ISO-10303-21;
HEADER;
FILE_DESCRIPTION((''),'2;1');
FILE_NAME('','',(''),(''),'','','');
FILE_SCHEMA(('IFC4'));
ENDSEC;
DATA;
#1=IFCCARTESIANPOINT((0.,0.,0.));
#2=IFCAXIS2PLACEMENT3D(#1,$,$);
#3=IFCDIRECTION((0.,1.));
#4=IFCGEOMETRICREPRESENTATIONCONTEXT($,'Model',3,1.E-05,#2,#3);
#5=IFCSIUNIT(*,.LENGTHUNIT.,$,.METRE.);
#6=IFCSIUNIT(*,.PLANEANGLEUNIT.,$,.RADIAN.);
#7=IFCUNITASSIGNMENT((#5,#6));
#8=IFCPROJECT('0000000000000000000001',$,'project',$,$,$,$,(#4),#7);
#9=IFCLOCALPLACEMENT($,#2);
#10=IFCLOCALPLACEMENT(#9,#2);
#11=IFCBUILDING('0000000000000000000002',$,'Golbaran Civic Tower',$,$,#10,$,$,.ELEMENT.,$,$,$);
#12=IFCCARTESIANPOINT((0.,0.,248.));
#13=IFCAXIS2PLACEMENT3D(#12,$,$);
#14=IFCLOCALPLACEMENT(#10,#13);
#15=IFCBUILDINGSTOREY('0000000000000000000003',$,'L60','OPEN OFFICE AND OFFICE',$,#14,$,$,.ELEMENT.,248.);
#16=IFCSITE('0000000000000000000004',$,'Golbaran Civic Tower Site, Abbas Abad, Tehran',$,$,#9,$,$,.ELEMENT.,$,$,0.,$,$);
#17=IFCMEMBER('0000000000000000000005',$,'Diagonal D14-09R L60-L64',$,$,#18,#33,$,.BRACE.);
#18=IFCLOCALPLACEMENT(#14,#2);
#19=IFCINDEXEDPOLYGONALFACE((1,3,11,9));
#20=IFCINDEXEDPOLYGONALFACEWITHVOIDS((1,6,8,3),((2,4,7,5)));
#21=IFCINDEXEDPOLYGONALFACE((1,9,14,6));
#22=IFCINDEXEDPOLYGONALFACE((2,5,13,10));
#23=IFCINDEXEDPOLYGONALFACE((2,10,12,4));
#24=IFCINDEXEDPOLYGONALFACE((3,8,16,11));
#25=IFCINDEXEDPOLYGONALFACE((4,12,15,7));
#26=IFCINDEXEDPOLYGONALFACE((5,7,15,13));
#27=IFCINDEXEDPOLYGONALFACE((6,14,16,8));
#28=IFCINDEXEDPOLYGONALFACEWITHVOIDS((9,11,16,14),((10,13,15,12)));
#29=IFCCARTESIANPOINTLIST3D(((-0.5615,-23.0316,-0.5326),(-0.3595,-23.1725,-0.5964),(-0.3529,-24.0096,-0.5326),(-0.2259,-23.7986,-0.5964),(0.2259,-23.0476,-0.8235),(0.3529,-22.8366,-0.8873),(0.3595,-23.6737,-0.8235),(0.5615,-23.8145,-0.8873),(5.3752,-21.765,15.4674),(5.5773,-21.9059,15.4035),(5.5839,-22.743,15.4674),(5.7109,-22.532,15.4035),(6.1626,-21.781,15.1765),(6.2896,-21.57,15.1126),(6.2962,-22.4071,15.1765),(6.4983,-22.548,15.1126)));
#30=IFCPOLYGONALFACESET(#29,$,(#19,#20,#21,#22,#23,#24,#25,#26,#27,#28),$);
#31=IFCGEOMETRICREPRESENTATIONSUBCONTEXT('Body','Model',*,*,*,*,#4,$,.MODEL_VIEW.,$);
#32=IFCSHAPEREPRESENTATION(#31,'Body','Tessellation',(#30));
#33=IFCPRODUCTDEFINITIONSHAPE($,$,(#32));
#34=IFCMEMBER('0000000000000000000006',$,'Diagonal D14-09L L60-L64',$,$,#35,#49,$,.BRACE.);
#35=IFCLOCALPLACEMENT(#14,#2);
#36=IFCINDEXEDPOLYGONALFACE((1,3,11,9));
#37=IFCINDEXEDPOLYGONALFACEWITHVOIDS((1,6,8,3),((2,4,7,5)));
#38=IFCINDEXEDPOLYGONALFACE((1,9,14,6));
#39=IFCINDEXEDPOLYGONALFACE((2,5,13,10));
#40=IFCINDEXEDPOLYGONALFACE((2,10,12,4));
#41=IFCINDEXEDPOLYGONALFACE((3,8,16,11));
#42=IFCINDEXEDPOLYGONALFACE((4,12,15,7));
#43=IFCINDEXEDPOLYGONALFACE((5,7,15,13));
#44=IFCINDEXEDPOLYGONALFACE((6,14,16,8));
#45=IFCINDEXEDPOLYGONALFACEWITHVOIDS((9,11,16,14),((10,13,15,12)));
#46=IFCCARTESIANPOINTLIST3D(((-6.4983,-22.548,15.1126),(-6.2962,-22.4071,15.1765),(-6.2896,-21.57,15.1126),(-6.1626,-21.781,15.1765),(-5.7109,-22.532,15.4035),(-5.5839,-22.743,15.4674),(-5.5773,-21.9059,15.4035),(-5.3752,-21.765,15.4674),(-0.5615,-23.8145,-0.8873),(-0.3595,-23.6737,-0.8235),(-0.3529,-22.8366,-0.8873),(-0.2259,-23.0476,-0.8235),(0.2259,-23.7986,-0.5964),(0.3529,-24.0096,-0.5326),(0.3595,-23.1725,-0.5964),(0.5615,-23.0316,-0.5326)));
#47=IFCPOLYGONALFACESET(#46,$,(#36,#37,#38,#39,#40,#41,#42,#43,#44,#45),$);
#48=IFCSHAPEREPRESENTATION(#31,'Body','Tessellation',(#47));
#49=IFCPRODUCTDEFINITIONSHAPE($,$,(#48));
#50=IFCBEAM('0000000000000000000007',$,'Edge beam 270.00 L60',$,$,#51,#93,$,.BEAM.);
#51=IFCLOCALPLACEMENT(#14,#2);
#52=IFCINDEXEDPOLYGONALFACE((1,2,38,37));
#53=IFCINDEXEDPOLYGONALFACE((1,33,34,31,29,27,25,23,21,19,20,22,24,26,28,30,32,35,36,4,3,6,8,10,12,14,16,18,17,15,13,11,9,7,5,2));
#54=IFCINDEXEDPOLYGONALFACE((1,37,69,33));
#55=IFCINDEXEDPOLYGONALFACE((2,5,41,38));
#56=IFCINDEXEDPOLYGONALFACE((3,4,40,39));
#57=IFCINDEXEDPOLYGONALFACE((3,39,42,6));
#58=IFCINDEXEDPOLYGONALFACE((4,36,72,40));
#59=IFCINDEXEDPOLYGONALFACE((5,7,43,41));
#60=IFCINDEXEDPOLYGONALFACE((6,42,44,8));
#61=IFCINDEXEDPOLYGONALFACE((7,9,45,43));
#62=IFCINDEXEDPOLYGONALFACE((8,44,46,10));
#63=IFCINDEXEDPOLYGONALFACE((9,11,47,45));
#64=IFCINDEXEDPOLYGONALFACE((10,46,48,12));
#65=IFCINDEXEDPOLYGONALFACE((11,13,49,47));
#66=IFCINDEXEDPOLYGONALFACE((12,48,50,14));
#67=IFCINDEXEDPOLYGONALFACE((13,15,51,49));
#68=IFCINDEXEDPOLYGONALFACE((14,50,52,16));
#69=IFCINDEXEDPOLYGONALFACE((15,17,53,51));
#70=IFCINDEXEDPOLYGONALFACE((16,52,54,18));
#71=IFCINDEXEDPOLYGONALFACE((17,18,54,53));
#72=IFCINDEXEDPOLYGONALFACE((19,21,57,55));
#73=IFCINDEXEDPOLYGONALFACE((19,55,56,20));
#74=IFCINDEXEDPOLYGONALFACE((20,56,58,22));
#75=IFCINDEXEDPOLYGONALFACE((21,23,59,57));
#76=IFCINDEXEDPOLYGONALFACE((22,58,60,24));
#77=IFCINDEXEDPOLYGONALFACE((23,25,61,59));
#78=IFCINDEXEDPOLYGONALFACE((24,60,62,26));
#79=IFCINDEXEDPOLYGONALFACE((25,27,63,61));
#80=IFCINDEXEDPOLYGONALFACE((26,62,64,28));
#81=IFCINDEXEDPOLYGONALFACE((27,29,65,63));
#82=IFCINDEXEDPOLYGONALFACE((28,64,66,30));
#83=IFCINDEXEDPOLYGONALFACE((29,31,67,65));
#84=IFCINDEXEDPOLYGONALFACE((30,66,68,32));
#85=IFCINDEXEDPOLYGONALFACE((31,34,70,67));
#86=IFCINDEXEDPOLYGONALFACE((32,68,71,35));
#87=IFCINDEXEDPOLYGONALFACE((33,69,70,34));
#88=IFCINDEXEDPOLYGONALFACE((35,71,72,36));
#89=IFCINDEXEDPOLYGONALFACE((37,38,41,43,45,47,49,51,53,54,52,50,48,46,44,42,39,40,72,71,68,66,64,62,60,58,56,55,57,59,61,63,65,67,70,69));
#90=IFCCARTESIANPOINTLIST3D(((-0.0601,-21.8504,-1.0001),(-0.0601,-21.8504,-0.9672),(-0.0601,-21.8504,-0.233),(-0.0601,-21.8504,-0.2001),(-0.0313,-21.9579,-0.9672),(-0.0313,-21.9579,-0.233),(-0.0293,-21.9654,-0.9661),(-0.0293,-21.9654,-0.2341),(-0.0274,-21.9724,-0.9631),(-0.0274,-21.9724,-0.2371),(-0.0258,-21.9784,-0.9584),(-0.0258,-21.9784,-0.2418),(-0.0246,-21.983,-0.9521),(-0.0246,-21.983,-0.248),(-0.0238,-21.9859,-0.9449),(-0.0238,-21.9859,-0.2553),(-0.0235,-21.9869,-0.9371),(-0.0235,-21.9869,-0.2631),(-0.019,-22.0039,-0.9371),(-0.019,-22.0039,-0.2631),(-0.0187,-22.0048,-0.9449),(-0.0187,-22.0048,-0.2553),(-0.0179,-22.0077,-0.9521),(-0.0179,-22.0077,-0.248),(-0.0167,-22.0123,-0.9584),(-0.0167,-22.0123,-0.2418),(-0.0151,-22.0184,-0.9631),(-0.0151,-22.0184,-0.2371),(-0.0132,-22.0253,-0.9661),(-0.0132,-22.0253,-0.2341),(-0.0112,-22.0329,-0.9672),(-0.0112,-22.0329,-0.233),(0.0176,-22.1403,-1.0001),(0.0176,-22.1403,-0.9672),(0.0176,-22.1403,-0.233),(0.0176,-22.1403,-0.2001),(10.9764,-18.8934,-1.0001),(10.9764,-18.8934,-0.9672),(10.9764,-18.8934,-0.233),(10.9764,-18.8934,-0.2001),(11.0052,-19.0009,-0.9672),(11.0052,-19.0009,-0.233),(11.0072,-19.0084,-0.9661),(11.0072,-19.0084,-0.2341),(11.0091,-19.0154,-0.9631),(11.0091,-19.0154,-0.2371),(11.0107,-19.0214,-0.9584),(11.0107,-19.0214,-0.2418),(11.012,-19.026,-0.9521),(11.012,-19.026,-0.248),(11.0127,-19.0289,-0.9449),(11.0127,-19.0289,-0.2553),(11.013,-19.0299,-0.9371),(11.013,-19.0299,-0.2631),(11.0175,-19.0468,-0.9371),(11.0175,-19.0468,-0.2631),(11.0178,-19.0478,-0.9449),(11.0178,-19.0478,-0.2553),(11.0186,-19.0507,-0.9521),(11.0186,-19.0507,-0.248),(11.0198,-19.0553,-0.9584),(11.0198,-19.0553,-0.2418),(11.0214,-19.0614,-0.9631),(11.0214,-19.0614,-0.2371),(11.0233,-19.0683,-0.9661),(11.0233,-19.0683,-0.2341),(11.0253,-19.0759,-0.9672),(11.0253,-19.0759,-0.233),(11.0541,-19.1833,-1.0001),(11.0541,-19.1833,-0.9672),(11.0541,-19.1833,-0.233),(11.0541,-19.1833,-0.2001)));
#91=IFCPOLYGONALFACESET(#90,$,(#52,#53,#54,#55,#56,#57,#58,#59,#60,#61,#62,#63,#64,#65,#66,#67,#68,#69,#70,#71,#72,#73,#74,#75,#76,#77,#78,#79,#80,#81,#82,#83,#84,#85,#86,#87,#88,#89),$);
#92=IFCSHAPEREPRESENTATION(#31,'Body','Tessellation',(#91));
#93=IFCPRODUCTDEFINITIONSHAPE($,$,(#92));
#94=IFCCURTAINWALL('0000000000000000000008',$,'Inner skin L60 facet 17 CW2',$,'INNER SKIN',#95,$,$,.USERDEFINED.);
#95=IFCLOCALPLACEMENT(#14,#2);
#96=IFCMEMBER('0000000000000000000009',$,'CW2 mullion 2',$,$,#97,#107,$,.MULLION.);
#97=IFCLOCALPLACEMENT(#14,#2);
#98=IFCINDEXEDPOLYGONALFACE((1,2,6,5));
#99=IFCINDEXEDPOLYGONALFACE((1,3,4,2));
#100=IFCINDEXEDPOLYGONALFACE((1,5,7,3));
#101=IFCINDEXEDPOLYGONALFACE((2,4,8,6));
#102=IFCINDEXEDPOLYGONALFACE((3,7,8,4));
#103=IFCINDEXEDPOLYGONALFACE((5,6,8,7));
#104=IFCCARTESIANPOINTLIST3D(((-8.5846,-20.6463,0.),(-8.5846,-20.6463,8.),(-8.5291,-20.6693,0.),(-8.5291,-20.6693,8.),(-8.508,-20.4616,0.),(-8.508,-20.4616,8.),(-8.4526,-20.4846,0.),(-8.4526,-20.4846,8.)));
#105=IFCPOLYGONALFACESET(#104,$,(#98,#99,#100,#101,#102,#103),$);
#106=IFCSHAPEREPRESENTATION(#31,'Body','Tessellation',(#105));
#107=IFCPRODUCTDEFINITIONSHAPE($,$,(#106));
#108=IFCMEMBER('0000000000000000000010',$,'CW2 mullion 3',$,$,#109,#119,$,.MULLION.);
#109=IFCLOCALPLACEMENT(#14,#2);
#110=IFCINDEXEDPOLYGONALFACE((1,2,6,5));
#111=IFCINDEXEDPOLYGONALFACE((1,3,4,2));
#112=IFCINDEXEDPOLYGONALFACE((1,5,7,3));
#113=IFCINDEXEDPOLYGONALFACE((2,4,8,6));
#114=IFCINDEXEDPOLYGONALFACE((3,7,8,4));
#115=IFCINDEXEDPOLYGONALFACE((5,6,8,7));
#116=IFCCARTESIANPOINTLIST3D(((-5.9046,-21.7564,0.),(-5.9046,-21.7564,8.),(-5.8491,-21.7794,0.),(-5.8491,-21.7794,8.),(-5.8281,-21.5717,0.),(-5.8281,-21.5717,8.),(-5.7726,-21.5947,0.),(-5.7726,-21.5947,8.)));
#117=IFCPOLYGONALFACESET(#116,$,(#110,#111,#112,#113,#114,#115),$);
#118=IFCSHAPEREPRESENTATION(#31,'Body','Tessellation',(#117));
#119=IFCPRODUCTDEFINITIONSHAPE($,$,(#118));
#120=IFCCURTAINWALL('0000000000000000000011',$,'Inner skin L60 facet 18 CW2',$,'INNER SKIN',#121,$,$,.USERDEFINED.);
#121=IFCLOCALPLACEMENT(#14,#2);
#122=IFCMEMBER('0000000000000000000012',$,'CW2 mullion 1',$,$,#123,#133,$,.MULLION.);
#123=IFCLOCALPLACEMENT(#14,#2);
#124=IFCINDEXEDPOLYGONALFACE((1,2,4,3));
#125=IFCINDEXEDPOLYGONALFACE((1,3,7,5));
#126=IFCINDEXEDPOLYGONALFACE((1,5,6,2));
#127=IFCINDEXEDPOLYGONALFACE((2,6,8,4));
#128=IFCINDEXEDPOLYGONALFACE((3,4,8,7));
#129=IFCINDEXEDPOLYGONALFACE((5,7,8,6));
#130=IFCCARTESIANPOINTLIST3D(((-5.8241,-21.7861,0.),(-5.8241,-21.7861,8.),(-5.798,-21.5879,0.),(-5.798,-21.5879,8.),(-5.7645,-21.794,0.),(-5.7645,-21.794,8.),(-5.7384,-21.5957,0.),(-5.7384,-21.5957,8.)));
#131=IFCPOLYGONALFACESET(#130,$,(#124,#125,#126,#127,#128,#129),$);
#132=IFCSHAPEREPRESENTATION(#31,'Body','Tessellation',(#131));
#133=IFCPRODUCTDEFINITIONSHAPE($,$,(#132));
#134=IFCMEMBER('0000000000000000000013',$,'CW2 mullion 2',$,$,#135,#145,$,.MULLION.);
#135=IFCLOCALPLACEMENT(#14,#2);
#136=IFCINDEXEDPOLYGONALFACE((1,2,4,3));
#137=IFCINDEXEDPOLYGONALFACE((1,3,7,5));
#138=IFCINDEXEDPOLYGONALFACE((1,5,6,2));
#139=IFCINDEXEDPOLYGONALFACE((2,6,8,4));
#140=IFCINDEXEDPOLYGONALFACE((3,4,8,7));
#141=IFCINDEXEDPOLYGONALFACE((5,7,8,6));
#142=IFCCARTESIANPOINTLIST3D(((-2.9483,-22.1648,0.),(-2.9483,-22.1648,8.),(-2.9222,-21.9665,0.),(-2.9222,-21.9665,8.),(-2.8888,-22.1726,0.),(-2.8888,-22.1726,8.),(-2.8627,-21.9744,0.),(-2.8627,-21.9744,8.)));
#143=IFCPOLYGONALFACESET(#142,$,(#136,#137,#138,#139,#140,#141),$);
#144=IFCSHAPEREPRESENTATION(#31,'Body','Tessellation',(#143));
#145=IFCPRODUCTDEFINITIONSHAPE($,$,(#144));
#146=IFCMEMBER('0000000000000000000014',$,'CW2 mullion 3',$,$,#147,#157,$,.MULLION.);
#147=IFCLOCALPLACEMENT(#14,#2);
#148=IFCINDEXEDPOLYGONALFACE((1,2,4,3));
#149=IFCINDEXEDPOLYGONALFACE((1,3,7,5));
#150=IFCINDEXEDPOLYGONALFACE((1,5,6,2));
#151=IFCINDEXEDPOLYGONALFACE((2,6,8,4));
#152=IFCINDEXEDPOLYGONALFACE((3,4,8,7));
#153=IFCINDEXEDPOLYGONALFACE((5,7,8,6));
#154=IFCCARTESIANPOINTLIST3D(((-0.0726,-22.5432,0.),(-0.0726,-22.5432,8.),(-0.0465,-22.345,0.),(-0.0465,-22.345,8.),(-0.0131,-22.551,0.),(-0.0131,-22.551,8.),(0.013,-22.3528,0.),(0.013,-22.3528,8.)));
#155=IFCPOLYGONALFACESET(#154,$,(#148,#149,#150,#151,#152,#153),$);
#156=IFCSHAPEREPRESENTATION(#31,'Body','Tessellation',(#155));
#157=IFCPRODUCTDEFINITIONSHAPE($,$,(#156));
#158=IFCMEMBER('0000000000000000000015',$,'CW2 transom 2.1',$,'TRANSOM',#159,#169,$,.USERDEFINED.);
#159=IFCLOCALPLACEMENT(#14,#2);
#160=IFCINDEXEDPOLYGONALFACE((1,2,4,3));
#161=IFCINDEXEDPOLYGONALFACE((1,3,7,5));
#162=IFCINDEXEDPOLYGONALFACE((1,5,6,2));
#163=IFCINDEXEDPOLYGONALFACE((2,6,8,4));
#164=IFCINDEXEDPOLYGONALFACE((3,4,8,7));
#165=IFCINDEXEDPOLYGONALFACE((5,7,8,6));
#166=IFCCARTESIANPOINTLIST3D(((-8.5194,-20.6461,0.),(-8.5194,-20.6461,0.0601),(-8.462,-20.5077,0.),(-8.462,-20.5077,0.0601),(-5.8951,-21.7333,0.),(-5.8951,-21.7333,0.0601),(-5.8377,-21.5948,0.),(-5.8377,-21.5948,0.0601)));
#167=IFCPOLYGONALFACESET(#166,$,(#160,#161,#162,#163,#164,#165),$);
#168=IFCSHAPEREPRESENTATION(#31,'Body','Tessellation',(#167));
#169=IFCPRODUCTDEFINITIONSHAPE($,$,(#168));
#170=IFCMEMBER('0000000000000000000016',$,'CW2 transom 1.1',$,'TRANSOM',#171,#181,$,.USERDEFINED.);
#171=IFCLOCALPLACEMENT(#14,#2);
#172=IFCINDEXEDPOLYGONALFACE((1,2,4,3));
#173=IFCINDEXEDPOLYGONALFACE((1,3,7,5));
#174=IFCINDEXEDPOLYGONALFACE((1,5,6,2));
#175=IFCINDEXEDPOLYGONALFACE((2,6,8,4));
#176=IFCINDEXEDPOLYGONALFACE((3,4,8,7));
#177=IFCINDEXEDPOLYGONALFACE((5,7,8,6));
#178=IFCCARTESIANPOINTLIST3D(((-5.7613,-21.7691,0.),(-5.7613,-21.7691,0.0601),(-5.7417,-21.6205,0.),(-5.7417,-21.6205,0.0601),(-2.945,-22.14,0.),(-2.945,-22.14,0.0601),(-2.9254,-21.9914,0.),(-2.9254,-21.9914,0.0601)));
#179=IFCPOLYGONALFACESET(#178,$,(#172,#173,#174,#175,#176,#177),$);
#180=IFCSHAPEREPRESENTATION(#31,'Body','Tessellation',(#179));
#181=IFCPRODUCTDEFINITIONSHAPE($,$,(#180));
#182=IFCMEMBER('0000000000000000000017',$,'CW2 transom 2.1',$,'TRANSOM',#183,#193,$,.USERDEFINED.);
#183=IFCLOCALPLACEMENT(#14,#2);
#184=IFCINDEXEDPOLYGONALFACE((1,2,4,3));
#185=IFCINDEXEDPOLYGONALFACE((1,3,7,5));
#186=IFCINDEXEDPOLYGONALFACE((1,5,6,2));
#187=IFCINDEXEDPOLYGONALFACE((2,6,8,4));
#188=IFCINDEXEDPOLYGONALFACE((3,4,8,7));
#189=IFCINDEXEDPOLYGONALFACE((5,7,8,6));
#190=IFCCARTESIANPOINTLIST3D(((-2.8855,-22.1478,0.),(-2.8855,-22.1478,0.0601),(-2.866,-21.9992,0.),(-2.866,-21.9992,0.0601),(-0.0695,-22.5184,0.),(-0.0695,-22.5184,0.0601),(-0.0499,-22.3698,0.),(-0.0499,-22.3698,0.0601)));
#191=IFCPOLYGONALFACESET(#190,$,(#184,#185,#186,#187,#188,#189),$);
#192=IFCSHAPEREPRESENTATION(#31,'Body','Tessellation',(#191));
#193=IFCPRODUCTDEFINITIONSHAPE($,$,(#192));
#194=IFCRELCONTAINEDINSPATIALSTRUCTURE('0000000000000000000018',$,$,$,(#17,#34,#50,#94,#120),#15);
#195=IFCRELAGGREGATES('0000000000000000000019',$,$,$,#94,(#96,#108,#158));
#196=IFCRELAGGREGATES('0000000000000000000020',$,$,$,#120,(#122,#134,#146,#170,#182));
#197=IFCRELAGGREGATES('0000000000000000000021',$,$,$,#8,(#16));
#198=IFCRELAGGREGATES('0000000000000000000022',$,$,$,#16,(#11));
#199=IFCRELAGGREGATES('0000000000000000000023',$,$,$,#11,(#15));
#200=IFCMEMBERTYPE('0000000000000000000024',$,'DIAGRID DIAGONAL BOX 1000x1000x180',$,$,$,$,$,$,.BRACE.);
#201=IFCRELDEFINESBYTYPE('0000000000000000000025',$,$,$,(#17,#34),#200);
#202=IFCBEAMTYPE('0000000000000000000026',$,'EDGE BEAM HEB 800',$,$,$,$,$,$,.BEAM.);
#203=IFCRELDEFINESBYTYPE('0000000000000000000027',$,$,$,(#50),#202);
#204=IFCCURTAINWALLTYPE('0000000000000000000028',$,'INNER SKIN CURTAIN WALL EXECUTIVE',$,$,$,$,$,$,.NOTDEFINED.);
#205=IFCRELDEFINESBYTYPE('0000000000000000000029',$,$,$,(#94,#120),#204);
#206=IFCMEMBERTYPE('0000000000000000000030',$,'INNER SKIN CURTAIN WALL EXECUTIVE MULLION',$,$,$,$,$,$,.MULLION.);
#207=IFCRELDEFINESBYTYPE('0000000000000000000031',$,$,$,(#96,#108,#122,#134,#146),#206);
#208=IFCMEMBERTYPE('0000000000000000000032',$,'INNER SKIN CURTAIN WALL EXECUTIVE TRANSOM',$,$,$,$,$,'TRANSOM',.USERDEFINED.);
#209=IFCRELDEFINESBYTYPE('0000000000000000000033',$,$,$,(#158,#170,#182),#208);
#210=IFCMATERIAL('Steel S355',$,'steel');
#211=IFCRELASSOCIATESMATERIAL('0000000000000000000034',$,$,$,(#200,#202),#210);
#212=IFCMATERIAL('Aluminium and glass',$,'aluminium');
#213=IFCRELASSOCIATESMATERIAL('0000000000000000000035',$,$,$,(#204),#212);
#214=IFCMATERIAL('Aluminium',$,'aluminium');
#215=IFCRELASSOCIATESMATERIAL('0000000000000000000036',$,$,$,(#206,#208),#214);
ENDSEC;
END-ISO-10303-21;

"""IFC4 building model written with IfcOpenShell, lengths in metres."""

from ifc_helpers import new_model, si_unit, direction, frame, origin, origin_2d, place, context, subcontext, project, spatial, rectangle, hollow_rectangle, i_section, extrude, material, material_profile, profile_set, type_object, element, aggregate, save


model = new_model("IFC4")

# Units and contexts
model_context = context("Model", 3, precision=1e-05, world=origin(), true_north=direction((0.0, 1.0)))
body_context = subcontext(model_context, "Body", "Model", "MODEL_VIEW")
ifc_project = project(units=[si_unit("LENGTHUNIT", "METRE"), si_unit("PLANEANGLEUNIT", "RADIAN")], contexts=[model_context])

# Site, building, storey
site_placement = place(None, origin())
site = spatial("IfcSite", under=ifc_project, at=site_placement, Name="Golbaran Civic Tower Site, Abbas Abad, Tehran", CompositionType="ELEMENT", RefElevation=0.0)
building_placement = place(site_placement, origin())
building = spatial("IfcBuilding", under=site, at=building_placement, Name="Golbaran Civic Tower", CompositionType="ELEMENT")
storey_placement = place(building_placement, frame((0.0, 0.0, 248.0)))
storey = spatial("IfcBuildingStorey", under=building, at=storey_placement, Name="L60", Description="OPEN OFFICE AND OFFICE", CompositionType="ELEMENT", Elevation=248.0)

# Members
ifc_material_1 = material(Name="Steel S355", Category="steel")
ifc_material_profile_1 = material_profile(ifc_material_1, hollow_rectangle(XDim=1.0, YDim=1.0, WallThickness=0.1799, at=origin_2d()), Name="BOX 1000x1000x180")
ifc_profile_set_1 = profile_set([ifc_material_profile_1], Name="Steel S355")
member_type_1 = type_object("IfcMemberType", Name="DIAGRID DIAGONAL BOX 1000x1000x180", PredefinedType="BRACE", material=ifc_profile_set_1)
for number, where, z_axis, x_axis, name in (
    (1, (0.0, -23.4231, -0.71), (0.346919, 0.074015, 0.93497), (-0.208653, 0.97799, 0.0), "Diagonal D14-09R L60-L64"),
    (2, (0.0, -23.4231, -0.71), (-0.346919, 0.074015, 0.93497), (-0.208653, -0.97799, 0.0), "Diagonal D14-09L L60-L64"),
):
    element("IfcMember", number, at=place(storey_placement, frame(where, z_axis=z_axis, x_axis=x_axis)), inside=storey, type_object=member_type_1, Name=name, PredefinedType="BRACE", context=body_context, shape_type="SweptSolid", body=[
        extrude(hollow_rectangle(XDim=1.0, YDim=1.0, WallThickness=0.1799, at=origin_2d()), origin(), (0.0, 0.0, 1.0), 17.1128),
    ])

# Beam
ifc_material_profile_2 = material_profile(ifc_material_1, i_section(OverallWidth=0.3, OverallDepth=0.8, WebThickness=0.0176, FlangeThickness=0.033, FilletRadius=0.03, at=origin_2d()), Name="HEB 800")
ifc_profile_set_2 = profile_set([ifc_material_profile_2], Name="Steel S355")
beam_type = type_object("IfcBeamType", Name="EDGE BEAM HEB 800", PredefinedType="BEAM", material=ifc_profile_set_2)
beam_placement = place(storey_placement, frame((-0.0212, -21.9954, -0.6001), z_axis=(0.965931, 0.258801, 0.0), x_axis=(-0.258801, 0.965931, 0.0)))
element("IfcBeam", 3, at=beam_placement, inside=storey, type_object=beam_type, Name="Edge beam 270.00 L60", PredefinedType="BEAM", context=body_context, shape_type="SweptSolid", body=[
    extrude(i_section(OverallWidth=0.3, OverallDepth=0.8, WebThickness=0.0176, FlangeThickness=0.033, FilletRadius=0.03, at=origin_2d()), origin(), (0.0, 0.0, 1.0), 11.4258),
])

# Curtain walls, members
ifc_material_2 = material(Name="Aluminium and glass", Category="aluminium")
curtain_wall_type_1 = type_object("IfcCurtainWallType", Name="INNER SKIN CURTAIN WALL EXECUTIVE", PredefinedType="NOTDEFINED", material=ifc_material_2)
curtain_wall_1_placement = place(storey_placement, origin())
curtain_wall_1 = element("IfcCurtainWall", 4, at=curtain_wall_1_placement, inside=storey, type_object=curtain_wall_type_1, Name="Inner skin L60 facet 17 CW2", ObjectType="INNER SKIN", PredefinedType="USERDEFINED")
ifc_material_3 = material(Name="Aluminium", Category="aluminium")
ifc_material_profile_3 = material_profile(ifc_material_3, rectangle(XDim=0.2, YDim=0.0601, at=origin_2d()), Name="INNER SKIN CURTAIN WALL EXECUTIVE MULLION")
ifc_profile_set_3 = profile_set([ifc_material_profile_3], Name="Aluminium")
member_type_2 = type_object("IfcMemberType", Name="INNER SKIN CURTAIN WALL EXECUTIVE MULLION", PredefinedType="MULLION", material=ifc_profile_set_3)
member_1_placement = place(storey_placement, frame((-8.5186, -20.5654, 0.0), z_axis=(0.0, 0.0, 1.0), x_axis=(0.382683, 0.92388, 0.0)))
member_1 = element("IfcMember", 5, at=member_1_placement, type_object=member_type_2, Name="CW2 mullion 2", PredefinedType="MULLION", context=body_context, shape_type="SweptSolid", body=[
    extrude(rectangle(XDim=0.2, YDim=0.0601, at=origin_2d()), origin(), (0.0, 0.0, 1.0), 8.0),
])
member_2_placement = place(storey_placement, frame((-5.8386, -21.6755, 0.0), z_axis=(0.0, 0.0, 1.0), x_axis=(0.382683, 0.92388, 0.0)))
member_2 = element("IfcMember", 6, at=member_2_placement, type_object=member_type_2, Name="CW2 mullion 3", PredefinedType="MULLION", context=body_context, shape_type="SweptSolid", body=[
    extrude(rectangle(XDim=0.2, YDim=0.0601, at=origin_2d()), origin(), (0.0, 0.0, 1.0), 8.0),
])
curtain_wall_2_placement = place(storey_placement, origin())
curtain_wall_2 = element("IfcCurtainWall", 7, at=curtain_wall_2_placement, inside=storey, type_object=curtain_wall_type_1, Name="Inner skin L60 facet 18 CW2", ObjectType="INNER SKIN", PredefinedType="USERDEFINED")
member_3_placement = place(storey_placement, frame((-5.7812, -21.6909, 0.0), z_axis=(0.0, 0.0, 1.0), x_axis=(0.130526, 0.991445, 0.0)))
member_3 = element("IfcMember", 8, at=member_3_placement, type_object=member_type_2, Name="CW2 mullion 1", PredefinedType="MULLION", context=body_context, shape_type="SweptSolid", body=[
    extrude(rectangle(XDim=0.2, YDim=0.0601, at=origin_2d()), origin(), (0.0, 0.0, 1.0), 8.0),
])
member_4_placement = place(storey_placement, frame((-2.9055, -22.0696, 0.0), z_axis=(0.0, 0.0, 1.0), x_axis=(0.130526, 0.991445, 0.0)))
member_4 = element("IfcMember", 9, at=member_4_placement, type_object=member_type_2, Name="CW2 mullion 2", PredefinedType="MULLION", context=body_context, shape_type="SweptSolid", body=[
    extrude(rectangle(XDim=0.2, YDim=0.0601, at=origin_2d()), origin(), (0.0, 0.0, 1.0), 8.0),
])
member_5_placement = place(storey_placement, frame((-0.0298, -22.448, 0.0), z_axis=(0.0, 0.0, 1.0), x_axis=(0.130526, 0.991445, 0.0)))
member_5 = element("IfcMember", 10, at=member_5_placement, type_object=member_type_2, Name="CW2 mullion 3", PredefinedType="MULLION", context=body_context, shape_type="SweptSolid", body=[
    extrude(rectangle(XDim=0.2, YDim=0.0601, at=origin_2d()), origin(), (0.0, 0.0, 1.0), 8.0),
])

# Members
ifc_material_profile_4 = material_profile(ifc_material_3, rectangle(XDim=0.1499, YDim=0.0601, at=origin_2d()), Name="INNER SKIN CURTAIN WALL EXECUTIVE TRANSOM")
ifc_profile_set_4 = profile_set([ifc_material_profile_4], Name="Aluminium")
member_type_3 = type_object("IfcMemberType", Name="INNER SKIN CURTAIN WALL EXECUTIVE TRANSOM", ElementType="TRANSOM", PredefinedType="USERDEFINED", material=ifc_profile_set_4)
member_6_placement = place(storey_placement, frame((-8.4907, -20.5769, 0.03), z_axis=(0.923861, -0.382729, 0.0), x_axis=(0.382729, 0.923861, 0.0)))
member_6 = element("IfcMember", 11, at=member_6_placement, type_object=member_type_3, Name="CW2 transom 2.1", ObjectType="TRANSOM", PredefinedType="USERDEFINED", context=body_context, shape_type="SweptSolid", body=[
    extrude(rectangle(XDim=0.1499, YDim=0.0601, at=origin_2d()), origin(), (0.0, 0.0, 1.0), 2.8406),
])
member_7_placement = place(storey_placement, frame((-5.7515, -21.6948, 0.03), z_axis=(0.991441, -0.130559, 0.0), x_axis=(0.130559, 0.991441, 0.0)))
member_7 = element("IfcMember", 12, at=member_7_placement, type_object=member_type_3, Name="CW2 transom 1.1", ObjectType="TRANSOM", PredefinedType="USERDEFINED", context=body_context, shape_type="SweptSolid", body=[
    extrude(rectangle(XDim=0.1499, YDim=0.0601, at=origin_2d()), origin(), (0.0, 0.0, 1.0), 2.8406),
])
member_8_placement = place(storey_placement, frame((-2.8757, -22.0735, 0.03), z_axis=(0.991452, -0.130475, 0.0), x_axis=(0.130475, 0.991452, 0.0)))
member_8 = element("IfcMember", 13, at=member_8_placement, type_object=member_type_3, Name="CW2 transom 2.1", ObjectType="TRANSOM", PredefinedType="USERDEFINED", context=body_context, shape_type="SweptSolid", body=[
    extrude(rectangle(XDim=0.1499, YDim=0.0601, at=origin_2d()), origin(), (0.0, 0.0, 1.0), 2.8403),
])

aggregate(curtain_wall_1, [member_1, member_2, member_6])
aggregate(curtain_wall_2, [member_3, member_4, member_5, member_7, member_8])

save(model, "model.ifc")
